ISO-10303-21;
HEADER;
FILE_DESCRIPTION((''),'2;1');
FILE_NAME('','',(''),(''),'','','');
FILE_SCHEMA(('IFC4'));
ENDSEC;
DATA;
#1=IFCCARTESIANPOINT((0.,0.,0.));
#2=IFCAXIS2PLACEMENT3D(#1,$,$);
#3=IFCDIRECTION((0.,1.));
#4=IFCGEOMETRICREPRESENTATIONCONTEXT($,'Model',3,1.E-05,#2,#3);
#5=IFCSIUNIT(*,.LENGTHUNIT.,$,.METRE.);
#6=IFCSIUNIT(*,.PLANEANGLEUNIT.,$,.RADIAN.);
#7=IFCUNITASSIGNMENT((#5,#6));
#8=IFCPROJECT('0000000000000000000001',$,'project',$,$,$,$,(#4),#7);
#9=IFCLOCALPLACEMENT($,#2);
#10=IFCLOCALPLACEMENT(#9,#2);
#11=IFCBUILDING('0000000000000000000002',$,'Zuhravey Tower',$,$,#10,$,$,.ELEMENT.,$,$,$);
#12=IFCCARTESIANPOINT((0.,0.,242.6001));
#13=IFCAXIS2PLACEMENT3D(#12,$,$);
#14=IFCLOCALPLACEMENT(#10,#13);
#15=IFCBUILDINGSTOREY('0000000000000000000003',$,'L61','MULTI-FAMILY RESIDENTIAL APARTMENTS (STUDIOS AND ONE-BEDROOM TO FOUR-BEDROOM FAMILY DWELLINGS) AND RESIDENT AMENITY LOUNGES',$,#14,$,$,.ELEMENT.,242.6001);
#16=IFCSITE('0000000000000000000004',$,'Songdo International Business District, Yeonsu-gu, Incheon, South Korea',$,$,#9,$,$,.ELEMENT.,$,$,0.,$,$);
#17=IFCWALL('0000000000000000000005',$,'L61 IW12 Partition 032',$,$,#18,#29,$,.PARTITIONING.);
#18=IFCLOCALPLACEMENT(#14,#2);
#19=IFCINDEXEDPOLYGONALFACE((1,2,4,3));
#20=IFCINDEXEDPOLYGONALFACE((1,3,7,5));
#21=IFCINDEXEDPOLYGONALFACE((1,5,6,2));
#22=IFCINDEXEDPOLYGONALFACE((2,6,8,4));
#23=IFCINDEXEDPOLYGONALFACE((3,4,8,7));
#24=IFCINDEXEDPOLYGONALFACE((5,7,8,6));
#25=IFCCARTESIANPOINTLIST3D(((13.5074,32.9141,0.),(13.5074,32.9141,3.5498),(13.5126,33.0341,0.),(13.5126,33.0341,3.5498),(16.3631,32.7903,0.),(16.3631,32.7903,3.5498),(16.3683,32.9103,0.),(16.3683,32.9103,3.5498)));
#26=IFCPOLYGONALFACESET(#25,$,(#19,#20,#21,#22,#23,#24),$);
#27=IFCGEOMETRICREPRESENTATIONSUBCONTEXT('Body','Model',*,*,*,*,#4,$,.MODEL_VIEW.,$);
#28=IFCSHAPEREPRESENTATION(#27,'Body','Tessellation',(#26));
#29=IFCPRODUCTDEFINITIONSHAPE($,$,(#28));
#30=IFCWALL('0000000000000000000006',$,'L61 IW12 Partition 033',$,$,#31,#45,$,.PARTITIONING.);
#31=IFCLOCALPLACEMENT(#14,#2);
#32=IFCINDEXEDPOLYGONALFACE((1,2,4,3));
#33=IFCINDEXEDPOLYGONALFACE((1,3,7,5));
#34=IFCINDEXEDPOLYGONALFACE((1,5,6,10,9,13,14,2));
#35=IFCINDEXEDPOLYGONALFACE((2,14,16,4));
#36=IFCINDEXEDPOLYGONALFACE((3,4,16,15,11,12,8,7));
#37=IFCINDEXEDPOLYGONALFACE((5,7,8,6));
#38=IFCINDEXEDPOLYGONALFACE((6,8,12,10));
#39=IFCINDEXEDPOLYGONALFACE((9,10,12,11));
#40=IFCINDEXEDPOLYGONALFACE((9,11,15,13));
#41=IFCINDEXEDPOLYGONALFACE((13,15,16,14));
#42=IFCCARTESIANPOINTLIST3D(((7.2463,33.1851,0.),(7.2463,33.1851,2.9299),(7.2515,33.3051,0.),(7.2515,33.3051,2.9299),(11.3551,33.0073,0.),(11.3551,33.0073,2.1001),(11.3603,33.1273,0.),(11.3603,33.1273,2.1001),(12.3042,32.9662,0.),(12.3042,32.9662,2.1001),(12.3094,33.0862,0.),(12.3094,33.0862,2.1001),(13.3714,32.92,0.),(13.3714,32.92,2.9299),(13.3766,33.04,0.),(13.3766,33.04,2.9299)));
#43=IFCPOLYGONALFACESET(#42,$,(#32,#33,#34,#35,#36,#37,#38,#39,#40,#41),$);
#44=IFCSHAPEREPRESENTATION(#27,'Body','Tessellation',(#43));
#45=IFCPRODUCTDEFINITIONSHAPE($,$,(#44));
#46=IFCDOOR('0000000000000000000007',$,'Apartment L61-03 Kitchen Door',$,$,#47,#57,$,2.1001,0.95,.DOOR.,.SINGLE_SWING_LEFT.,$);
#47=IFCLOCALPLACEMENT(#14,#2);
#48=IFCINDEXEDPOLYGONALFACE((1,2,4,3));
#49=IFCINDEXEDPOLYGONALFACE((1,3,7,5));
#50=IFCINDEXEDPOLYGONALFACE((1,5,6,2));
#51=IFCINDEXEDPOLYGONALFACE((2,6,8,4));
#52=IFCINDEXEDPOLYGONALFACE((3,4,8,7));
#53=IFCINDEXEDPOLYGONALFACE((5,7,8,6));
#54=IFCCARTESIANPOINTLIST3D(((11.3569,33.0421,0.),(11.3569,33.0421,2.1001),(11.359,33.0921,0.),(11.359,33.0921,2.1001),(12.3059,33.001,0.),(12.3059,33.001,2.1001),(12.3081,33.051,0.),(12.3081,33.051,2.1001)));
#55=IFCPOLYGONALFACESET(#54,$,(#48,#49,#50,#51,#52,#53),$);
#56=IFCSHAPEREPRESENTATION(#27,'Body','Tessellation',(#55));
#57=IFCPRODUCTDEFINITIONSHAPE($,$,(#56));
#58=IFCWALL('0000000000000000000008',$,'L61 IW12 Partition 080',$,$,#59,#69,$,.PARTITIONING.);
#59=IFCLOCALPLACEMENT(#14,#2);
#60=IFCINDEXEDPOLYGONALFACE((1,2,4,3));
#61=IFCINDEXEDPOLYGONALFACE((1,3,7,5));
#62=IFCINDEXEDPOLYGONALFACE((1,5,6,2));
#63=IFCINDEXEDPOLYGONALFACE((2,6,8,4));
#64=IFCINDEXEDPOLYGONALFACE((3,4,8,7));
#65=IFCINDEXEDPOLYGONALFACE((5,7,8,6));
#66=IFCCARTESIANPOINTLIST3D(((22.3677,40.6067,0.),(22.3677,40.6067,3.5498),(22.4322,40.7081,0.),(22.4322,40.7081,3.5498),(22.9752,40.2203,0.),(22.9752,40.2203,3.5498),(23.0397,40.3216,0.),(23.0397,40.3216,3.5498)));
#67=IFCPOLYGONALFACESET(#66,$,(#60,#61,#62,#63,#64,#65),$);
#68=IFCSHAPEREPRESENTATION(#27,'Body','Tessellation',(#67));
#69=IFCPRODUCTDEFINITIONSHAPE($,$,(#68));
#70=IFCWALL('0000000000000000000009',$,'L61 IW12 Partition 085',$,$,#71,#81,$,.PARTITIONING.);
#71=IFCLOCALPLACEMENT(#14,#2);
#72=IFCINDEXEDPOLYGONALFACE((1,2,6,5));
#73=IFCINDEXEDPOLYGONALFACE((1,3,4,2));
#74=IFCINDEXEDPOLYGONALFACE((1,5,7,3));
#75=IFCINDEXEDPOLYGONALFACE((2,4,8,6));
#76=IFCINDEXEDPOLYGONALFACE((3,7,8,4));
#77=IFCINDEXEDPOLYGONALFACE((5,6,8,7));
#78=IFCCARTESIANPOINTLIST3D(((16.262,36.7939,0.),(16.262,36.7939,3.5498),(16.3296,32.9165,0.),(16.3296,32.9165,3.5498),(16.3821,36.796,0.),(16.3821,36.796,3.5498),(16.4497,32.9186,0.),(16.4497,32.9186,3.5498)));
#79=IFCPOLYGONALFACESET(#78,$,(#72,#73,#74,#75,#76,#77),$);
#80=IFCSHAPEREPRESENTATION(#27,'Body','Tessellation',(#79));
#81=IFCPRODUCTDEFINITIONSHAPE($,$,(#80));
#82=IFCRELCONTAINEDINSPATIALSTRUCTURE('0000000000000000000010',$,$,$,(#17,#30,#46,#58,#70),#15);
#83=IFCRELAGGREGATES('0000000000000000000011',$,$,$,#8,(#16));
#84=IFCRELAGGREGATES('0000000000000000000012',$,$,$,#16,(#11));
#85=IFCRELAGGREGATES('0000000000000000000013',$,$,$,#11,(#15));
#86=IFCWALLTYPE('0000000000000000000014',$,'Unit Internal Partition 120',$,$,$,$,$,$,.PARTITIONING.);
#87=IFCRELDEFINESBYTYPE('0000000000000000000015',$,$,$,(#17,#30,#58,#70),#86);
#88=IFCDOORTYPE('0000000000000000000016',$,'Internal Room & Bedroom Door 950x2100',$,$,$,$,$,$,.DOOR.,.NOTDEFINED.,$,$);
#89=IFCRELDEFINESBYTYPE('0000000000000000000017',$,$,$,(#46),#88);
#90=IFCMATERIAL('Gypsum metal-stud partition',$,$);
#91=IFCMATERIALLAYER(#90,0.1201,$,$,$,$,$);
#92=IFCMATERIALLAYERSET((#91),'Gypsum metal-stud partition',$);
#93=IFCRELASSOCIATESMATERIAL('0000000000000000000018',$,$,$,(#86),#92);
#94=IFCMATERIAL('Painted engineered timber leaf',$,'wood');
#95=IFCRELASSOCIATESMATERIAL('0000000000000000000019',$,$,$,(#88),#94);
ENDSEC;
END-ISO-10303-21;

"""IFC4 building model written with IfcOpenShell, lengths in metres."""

from ifc_helpers import new_model, si_unit, direction, frame, frame_2d, origin, place, context, subcontext, project, spatial, rectangle, extrude, material, layer, layer_set, type_object, element, fill, save


model = new_model("IFC4")

# Units and contexts
model_context = context("Model", 3, precision=1e-05, world=origin(), true_north=direction((0.0, 1.0)))
body_context = subcontext(model_context, "Body", "Model", "MODEL_VIEW")
ifc_project = project(units=[si_unit("LENGTHUNIT", "METRE"), si_unit("PLANEANGLEUNIT", "RADIAN")], contexts=[model_context])

# Site, building, storey
site_placement = place(None, origin())
site = spatial("IfcSite", under=ifc_project, at=site_placement, Name="Songdo International Business District, Yeonsu-gu, Incheon, South Korea", CompositionType="ELEMENT", RefElevation=0.0)
building_placement = place(site_placement, origin())
building = spatial("IfcBuilding", under=site, at=building_placement, Name="Zuhravey Tower", CompositionType="ELEMENT")
storey_placement = place(building_placement, frame((0.0, 0.0, 242.6001)))
storey = spatial("IfcBuildingStorey", under=building, at=storey_placement, Name="L61", Description="MULTI-FAMILY RESIDENTIAL APARTMENTS (STUDIOS AND ONE-BEDROOM TO FOUR-BEDROOM FAMILY DWELLINGS) AND RESIDENT AMENITY LOUNGES", CompositionType="ELEMENT", Elevation=242.6001)

# Shared definitions
ifc_material_1 = material(Name="Gypsum metal-stud partition")
ifc_layer_1 = layer(ifc_material_1, 0.1201)
ifc_layer_set_1 = layer_set([ifc_layer_1], Name="Gypsum metal-stud partition")
wall_type_1 = type_object("IfcWallType", Name="Unit Internal Partition 120", PredefinedType="PARTITIONING", material=ifc_layer_set_1)

# Shared definitions
ifc_material_2 = material(Name="Painted engineered timber leaf", Category="wood")
door_type_1 = type_object("IfcDoorType", Name="Internal Room & Bedroom Door 950x2100", OperationType="NOTDEFINED", PredefinedType="DOOR", material=ifc_material_2)

# Wall
wall_1_placement = place(storey_placement, frame((16.3657, 32.8503, 0.0), z_axis=(0.0, 0.0, 1.0), x_axis=(-0.999062, 0.043304, 0.0)))
element("IfcWall", 1, at=wall_1_placement, inside=storey, type_object=wall_type_1, Name="L61 IW12 Partition 032", PredefinedType="PARTITIONING", context=body_context, shape_type="SweptSolid", body=[
    extrude(rectangle(XDim=2.8584, YDim=0.1201, at=frame_2d((1.4292, 0.0))), origin(), (0.0, 0.0, 1.0), 3.5498),
])

# Wall, opening, door
wall_2_placement = place(storey_placement, frame((13.374, 32.98, 0.0), z_axis=(0.0, 0.0, 1.0), x_axis=(-0.999064, 0.043245, 0.0)))
wall_2 = element("IfcWall", 2, at=wall_2_placement, inside=storey, type_object=wall_type_1, Name="L61 IW12 Partition 033", PredefinedType="PARTITIONING", context=body_context, shape_type="SweptSolid", body=[
    extrude(rectangle(XDim=6.1309, YDim=0.1201, at=frame_2d((3.0654, 0.0))), origin(), (0.0, 0.0, 1.0), 2.9299),
])
opening_1_placement = place(wall_2_placement, frame((1.0681, 0.0, 0.0)))
opening_1 = element("IfcOpeningElement", 3, at=opening_1_placement, cuts=wall_2, PredefinedType="OPENING", context=body_context, shape_type="SweptSolid", body=[
    extrude(rectangle(XDim=0.95, YDim=2.1001, at=frame_2d((0.4751, 1.05))), frame((0.0, 0.072, 0.0), z_axis=(0.0, -1.0, 0.0), x_axis=(1.0, 0.0, 0.0)), (0.0, 0.0, 1.0), 0.144),
])
door_1_placement = place(opening_1_placement, frame((0.95, 0.0, 0.0), z_axis=(0.0, 0.0, 1.0), x_axis=(-1.0, 0.0, 0.0)))
door_1 = element("IfcDoor", 4, at=door_1_placement, inside=storey, type_object=door_type_1, Name="Apartment L61-03 Kitchen Door", OperationType="SINGLE_SWING_LEFT", OverallHeight=2.1001, OverallWidth=0.95, PredefinedType="DOOR", context=body_context, shape_type="SweptSolid", body=[
    extrude(rectangle(XDim=0.95, YDim=2.1001, at=frame_2d((0.4751, 1.05))), frame((0.0, 0.0249, 0.0), z_axis=(0.0, -1.0, 0.0), x_axis=(1.0, 0.0, 0.0)), (0.0, 0.0, 1.0), 0.05),
])
fill(opening_1, door_1)

# Walls
wall_3_placement = place(storey_placement, frame((23.0073, 40.271, 0.0), z_axis=(0.0, 0.0, 1.0), x_axis=(-0.843703, 0.53681, 0.0)))
element("IfcWall", 5, at=wall_3_placement, inside=storey, type_object=wall_type_1, Name="L61 IW12 Partition 080", PredefinedType="PARTITIONING", context=body_context, shape_type="SweptSolid", body=[
    extrude(rectangle(XDim=0.72, YDim=0.1201, at=frame_2d((0.3599, 0.0))), origin(), (0.0, 0.0, 1.0), 3.5498),
])
wall_4_placement = place(storey_placement, frame((16.322, 36.7949, 0.0), z_axis=(0.0, 0.0, 1.0), x_axis=(0.017438, -0.999848, 0.0)))
element("IfcWall", 6, at=wall_4_placement, inside=storey, type_object=wall_type_1, Name="L61 IW12 Partition 085", PredefinedType="PARTITIONING", context=body_context, shape_type="SweptSolid", body=[
    extrude(rectangle(XDim=3.8779, YDim=0.1201, at=frame_2d((1.939, 0.0))), origin(), (0.0, 0.0, 1.0), 3.5498),
])

save(model, "model.ifc")
